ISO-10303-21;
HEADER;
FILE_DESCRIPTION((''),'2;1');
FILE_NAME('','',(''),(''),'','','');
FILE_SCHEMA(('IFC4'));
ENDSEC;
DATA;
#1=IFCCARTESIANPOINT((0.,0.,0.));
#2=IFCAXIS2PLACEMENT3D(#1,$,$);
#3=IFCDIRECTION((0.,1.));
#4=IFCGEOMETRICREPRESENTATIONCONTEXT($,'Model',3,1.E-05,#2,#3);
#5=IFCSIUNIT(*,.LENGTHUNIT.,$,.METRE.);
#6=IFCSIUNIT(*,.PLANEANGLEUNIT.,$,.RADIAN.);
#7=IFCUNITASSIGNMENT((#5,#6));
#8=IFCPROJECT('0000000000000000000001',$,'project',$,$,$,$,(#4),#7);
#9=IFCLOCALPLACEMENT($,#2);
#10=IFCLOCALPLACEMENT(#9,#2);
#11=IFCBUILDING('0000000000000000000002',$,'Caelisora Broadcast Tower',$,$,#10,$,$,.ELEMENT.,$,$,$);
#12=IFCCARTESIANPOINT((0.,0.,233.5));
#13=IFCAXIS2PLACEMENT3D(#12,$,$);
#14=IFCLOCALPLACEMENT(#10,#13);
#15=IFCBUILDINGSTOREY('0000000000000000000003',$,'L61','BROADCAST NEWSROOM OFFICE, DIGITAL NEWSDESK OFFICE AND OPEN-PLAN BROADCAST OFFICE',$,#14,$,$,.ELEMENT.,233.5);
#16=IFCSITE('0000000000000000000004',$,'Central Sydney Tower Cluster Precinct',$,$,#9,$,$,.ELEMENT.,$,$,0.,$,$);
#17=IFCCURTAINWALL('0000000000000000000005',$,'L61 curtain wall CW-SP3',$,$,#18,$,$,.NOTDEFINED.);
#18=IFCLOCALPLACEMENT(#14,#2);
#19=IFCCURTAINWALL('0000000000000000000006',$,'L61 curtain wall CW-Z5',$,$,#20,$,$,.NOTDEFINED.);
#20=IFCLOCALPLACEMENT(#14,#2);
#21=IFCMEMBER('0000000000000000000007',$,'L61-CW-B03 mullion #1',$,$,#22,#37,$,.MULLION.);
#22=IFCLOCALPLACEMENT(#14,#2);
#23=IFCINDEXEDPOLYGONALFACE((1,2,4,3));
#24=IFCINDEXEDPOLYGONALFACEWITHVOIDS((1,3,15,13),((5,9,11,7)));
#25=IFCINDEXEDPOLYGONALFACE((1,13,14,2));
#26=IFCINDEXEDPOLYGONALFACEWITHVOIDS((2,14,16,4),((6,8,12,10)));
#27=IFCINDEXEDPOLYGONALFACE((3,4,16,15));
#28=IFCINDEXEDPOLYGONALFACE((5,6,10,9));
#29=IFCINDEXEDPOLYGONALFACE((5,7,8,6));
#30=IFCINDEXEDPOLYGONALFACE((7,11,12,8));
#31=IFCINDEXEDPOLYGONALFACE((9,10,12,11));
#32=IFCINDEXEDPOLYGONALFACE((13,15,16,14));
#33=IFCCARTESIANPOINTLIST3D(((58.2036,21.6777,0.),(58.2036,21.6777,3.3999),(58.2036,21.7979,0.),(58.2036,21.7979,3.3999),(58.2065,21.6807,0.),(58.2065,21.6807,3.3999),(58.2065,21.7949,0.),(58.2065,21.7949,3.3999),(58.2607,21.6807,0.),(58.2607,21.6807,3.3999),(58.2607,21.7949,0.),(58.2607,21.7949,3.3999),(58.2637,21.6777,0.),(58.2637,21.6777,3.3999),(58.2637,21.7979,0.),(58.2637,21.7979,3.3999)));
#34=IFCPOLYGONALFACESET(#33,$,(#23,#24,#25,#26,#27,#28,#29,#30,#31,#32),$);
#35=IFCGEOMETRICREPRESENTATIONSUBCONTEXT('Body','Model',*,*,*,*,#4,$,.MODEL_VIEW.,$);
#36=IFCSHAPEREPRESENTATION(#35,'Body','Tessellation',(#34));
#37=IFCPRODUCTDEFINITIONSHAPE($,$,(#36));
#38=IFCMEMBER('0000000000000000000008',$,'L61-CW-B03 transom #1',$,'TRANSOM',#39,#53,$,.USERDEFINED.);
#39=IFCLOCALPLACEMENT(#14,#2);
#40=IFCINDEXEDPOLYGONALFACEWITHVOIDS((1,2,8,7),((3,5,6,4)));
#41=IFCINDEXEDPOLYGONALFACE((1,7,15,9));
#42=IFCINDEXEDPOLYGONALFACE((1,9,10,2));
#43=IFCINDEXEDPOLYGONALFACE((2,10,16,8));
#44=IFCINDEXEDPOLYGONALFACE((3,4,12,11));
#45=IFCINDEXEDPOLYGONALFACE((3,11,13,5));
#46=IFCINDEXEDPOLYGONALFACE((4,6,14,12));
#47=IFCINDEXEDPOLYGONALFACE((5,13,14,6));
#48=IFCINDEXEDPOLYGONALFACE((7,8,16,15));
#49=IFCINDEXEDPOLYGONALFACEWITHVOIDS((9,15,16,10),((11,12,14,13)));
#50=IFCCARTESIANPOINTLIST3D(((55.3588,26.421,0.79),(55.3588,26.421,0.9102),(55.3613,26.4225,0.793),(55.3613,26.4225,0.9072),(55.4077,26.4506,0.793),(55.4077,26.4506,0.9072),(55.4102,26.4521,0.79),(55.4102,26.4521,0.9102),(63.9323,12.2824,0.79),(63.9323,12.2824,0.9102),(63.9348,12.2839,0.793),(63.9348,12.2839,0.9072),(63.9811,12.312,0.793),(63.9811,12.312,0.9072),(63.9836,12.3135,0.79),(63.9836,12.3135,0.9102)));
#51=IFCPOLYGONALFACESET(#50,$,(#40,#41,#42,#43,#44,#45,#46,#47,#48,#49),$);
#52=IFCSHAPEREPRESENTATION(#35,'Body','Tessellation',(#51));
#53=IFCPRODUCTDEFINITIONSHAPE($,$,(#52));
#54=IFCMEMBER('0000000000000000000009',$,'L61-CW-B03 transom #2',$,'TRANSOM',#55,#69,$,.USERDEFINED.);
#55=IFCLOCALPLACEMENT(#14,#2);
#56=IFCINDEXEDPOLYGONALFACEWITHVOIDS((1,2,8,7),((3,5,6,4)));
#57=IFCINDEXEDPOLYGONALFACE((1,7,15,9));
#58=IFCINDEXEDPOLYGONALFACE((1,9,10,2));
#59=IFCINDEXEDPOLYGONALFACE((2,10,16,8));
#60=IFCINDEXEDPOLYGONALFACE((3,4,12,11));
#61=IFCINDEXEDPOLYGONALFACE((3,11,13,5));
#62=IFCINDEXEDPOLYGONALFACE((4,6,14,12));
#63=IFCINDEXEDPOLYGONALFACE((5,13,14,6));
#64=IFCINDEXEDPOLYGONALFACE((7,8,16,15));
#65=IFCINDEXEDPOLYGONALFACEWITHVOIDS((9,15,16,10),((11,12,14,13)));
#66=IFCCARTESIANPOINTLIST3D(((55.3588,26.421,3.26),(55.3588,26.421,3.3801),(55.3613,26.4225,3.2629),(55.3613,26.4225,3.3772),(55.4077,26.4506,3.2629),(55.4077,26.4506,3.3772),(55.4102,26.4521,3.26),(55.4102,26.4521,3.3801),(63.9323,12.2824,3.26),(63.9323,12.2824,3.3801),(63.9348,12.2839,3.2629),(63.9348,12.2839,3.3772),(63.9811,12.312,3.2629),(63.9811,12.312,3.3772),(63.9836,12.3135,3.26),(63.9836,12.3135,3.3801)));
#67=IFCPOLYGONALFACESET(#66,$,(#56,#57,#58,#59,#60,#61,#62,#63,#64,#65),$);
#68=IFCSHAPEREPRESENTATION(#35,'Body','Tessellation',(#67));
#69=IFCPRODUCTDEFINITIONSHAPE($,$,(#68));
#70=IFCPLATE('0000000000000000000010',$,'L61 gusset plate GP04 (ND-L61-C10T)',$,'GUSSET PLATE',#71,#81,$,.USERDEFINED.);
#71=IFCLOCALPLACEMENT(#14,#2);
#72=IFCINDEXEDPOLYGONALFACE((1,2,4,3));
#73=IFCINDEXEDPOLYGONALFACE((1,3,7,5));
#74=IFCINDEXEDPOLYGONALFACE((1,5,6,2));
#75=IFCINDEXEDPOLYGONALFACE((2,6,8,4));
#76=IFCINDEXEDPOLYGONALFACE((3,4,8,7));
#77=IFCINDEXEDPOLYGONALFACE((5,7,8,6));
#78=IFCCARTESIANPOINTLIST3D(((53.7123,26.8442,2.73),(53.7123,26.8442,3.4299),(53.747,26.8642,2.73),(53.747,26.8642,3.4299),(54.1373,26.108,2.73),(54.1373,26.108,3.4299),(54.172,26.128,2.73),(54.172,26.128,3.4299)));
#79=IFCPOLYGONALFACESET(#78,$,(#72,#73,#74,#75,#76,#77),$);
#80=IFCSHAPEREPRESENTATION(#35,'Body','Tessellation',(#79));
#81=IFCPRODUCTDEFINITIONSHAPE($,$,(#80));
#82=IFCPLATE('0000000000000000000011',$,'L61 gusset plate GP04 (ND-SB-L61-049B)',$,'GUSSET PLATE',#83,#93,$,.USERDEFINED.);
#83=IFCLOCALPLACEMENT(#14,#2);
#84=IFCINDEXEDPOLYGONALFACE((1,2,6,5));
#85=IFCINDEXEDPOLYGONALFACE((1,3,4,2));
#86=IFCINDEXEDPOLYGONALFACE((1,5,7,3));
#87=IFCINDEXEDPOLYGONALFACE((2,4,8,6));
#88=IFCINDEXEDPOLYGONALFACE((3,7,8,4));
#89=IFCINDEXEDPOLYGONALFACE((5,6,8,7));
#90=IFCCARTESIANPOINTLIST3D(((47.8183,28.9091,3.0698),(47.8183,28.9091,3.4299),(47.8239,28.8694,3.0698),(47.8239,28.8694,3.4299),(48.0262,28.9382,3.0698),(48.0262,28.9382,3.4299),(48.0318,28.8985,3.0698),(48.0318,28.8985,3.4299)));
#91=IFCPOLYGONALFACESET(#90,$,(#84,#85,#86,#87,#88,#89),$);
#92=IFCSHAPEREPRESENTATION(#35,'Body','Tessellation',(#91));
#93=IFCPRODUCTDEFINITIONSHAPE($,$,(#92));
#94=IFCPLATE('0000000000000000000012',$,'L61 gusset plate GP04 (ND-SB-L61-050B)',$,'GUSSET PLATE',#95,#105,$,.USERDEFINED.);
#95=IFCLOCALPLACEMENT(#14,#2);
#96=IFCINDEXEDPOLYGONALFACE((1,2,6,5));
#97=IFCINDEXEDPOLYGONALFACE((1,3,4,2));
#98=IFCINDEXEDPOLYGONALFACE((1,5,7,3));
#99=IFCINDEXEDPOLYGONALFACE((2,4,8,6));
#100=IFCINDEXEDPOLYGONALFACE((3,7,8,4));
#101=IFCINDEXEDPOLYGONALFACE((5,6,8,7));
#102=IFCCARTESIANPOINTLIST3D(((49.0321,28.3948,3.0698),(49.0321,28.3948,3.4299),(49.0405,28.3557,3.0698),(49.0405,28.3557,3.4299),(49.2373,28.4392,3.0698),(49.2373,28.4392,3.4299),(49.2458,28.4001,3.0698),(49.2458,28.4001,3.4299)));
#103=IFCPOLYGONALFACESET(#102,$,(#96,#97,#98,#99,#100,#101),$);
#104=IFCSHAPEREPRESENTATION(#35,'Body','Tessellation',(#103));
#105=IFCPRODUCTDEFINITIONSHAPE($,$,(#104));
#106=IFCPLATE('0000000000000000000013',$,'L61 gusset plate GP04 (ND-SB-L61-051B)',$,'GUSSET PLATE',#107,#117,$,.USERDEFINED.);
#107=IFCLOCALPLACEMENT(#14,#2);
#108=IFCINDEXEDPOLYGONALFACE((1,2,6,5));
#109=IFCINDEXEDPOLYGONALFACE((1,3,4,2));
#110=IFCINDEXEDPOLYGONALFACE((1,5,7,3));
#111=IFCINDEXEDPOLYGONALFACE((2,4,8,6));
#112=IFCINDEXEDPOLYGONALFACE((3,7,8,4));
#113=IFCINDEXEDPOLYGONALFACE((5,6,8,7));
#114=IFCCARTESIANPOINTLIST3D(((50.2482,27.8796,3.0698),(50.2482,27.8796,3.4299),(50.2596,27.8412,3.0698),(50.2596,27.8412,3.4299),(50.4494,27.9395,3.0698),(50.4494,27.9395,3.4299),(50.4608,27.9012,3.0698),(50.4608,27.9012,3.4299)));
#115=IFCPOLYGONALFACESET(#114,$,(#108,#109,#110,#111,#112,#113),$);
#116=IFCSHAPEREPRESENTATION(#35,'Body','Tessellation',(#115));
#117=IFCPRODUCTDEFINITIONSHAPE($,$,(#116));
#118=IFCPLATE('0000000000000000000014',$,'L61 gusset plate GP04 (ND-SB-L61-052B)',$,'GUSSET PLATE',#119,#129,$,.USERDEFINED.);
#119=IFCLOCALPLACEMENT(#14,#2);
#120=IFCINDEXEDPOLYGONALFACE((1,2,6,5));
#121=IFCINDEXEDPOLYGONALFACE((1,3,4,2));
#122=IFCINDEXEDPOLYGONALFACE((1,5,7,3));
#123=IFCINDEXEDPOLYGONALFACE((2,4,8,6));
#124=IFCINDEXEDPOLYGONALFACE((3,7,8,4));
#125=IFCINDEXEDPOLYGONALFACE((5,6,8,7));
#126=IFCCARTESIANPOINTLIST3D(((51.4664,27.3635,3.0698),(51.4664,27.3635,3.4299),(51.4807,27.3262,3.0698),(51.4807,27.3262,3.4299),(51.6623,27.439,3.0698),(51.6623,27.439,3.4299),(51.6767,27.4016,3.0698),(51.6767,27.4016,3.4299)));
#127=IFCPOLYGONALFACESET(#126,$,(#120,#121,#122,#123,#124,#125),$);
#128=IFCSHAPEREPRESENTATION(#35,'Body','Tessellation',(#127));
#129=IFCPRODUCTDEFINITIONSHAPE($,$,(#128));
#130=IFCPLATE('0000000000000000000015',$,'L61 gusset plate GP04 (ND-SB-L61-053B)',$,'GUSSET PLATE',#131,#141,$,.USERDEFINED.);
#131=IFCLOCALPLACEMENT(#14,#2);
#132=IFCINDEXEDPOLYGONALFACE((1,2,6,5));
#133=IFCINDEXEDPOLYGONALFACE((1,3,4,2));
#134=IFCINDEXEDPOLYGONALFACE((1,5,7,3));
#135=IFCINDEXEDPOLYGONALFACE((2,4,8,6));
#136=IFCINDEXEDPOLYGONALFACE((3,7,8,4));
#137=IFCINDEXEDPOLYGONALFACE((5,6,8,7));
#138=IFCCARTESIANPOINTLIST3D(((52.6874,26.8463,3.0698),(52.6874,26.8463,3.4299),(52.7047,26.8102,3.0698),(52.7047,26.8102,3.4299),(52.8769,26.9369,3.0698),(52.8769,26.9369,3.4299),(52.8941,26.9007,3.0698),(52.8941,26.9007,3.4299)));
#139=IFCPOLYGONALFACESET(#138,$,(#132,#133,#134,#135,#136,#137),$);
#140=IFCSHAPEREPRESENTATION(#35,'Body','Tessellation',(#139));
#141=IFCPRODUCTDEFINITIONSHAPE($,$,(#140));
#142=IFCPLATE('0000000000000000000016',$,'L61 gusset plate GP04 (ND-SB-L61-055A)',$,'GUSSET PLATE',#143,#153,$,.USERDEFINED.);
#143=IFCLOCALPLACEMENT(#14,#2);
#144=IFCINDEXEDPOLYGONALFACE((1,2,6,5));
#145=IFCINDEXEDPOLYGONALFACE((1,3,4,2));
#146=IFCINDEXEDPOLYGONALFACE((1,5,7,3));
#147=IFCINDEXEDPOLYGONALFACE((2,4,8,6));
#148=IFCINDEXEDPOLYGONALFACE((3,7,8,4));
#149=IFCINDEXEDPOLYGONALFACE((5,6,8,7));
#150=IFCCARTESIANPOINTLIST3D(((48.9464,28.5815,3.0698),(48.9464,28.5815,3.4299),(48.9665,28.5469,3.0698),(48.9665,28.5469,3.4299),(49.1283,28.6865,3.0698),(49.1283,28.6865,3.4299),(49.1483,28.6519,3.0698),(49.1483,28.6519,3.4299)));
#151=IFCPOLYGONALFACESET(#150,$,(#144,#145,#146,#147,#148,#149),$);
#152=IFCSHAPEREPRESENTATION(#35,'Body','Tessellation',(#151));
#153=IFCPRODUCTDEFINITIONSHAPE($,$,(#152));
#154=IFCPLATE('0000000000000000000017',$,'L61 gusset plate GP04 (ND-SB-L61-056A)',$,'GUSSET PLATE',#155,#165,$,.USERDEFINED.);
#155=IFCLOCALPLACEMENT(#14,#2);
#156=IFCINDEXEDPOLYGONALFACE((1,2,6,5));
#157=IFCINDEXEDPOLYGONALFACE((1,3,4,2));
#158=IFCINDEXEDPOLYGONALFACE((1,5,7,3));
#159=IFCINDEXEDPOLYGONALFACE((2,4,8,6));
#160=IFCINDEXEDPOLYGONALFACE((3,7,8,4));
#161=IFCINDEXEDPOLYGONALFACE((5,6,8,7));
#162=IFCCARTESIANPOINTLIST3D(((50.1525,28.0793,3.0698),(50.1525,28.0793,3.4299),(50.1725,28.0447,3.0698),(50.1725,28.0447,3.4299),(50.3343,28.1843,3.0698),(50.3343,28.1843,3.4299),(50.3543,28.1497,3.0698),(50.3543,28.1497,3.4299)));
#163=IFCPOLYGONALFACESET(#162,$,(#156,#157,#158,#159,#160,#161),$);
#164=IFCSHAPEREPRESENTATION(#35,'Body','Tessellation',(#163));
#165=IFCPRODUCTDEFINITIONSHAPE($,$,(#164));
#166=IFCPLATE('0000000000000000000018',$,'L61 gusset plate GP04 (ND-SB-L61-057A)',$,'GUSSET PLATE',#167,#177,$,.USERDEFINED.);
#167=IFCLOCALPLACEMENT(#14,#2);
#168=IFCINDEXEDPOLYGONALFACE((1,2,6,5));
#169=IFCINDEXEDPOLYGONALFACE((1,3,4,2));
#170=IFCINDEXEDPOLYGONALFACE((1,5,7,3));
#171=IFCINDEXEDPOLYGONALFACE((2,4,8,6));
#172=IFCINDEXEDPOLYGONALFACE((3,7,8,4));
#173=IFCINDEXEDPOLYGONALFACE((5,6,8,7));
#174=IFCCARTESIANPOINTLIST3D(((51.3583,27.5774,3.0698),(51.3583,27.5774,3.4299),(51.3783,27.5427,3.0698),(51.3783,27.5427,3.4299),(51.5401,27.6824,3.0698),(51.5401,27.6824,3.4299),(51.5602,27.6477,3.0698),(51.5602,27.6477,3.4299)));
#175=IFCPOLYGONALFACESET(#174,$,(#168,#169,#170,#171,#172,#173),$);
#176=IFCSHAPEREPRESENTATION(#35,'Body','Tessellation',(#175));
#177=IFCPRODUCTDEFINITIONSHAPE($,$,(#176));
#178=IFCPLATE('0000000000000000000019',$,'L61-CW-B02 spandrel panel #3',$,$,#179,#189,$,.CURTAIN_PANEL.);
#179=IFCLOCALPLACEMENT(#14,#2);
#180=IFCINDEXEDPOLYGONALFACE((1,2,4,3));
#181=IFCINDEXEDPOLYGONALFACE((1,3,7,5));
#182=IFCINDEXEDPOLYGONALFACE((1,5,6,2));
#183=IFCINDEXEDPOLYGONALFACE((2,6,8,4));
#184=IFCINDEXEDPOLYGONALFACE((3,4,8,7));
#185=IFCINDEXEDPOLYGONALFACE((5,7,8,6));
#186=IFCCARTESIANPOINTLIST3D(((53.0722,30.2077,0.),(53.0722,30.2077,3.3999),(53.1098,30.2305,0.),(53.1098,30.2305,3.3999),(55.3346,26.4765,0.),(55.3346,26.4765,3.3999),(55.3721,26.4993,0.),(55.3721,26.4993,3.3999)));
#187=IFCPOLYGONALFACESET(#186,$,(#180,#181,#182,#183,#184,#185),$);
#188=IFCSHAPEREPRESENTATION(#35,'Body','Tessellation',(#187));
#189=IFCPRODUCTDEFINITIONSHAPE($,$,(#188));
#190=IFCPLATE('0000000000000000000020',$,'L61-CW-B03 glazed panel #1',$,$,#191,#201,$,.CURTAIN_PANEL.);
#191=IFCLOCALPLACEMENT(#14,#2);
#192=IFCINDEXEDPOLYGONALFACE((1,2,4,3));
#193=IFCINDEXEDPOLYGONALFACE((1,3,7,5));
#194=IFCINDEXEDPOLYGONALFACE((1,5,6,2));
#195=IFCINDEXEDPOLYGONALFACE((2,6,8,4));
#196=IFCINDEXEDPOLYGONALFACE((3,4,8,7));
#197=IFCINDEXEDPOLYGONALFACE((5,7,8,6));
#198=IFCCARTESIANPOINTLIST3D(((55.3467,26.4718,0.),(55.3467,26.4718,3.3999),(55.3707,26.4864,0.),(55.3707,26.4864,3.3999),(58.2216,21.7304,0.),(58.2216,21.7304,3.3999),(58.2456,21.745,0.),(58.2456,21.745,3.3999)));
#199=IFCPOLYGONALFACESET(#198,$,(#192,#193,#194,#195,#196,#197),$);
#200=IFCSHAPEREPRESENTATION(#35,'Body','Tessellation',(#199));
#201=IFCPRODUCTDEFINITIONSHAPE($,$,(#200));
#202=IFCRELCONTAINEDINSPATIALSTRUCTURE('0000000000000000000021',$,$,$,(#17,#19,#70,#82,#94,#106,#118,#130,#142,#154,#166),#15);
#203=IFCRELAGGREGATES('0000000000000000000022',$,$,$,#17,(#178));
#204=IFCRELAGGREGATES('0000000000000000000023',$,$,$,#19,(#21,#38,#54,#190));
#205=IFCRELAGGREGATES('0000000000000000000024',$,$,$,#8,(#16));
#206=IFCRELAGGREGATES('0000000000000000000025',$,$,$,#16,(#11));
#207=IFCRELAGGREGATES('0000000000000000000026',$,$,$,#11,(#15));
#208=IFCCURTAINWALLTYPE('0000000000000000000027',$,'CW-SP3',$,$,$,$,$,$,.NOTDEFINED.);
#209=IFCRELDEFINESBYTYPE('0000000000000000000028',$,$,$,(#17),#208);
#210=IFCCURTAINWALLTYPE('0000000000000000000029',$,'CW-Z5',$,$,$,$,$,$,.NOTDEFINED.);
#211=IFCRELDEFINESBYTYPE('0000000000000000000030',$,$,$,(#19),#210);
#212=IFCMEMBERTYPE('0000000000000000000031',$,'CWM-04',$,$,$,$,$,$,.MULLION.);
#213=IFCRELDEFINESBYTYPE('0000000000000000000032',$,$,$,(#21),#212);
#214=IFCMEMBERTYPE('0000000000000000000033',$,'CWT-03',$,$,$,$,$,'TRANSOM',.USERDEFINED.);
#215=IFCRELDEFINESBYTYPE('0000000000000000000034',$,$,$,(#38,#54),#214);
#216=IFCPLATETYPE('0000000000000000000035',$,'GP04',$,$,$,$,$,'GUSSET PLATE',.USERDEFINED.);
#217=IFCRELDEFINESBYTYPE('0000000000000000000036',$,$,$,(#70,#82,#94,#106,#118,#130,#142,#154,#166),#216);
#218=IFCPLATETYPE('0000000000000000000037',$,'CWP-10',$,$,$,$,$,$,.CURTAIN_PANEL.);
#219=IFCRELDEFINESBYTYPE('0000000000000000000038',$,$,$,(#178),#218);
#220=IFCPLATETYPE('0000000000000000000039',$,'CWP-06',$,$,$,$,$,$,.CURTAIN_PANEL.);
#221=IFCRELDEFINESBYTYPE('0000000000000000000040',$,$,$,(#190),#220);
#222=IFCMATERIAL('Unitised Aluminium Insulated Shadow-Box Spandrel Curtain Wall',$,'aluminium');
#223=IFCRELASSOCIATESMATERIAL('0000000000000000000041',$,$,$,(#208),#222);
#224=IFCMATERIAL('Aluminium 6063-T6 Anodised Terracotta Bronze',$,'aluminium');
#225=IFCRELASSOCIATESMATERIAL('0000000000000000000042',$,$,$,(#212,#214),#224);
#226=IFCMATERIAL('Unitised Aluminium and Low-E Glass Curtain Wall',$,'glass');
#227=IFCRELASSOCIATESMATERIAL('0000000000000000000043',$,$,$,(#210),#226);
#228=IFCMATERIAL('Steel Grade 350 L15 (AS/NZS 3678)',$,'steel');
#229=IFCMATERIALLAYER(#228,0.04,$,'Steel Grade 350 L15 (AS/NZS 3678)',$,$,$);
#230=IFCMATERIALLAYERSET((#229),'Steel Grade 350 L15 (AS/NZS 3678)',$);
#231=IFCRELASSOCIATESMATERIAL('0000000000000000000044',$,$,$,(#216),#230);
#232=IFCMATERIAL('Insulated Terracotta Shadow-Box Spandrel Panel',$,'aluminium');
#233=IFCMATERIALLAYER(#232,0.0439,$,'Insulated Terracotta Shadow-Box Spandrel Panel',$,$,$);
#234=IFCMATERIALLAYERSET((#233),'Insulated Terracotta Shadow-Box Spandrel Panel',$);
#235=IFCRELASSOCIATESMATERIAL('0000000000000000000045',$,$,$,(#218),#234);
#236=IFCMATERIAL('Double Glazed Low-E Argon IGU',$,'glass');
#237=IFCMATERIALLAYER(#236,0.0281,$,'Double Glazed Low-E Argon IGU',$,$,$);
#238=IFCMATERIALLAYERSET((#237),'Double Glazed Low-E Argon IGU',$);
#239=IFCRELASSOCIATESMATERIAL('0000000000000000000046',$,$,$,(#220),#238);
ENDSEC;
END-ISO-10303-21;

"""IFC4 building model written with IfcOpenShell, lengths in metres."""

from ifc_helpers import new_model, si_unit, direction, frame, origin, origin_2d, place, context, subcontext, project, spatial, rectangle, hollow_rectangle, extrude, source, transform, mapped, material, layer, layer_set, material_profile, profile_set, type_object, type_shapes, element, aggregate, save


model = new_model("IFC4")

# Units and contexts
model_context = context("Model", 3, precision=1e-05, world=origin(), true_north=direction((0.0, 1.0)))
body_context = subcontext(model_context, "Body", "Model", "MODEL_VIEW")
ifc_project = project(units=[si_unit("LENGTHUNIT", "METRE"), si_unit("PLANEANGLEUNIT", "RADIAN")], contexts=[model_context])

# Site, building, storey
site_placement = place(None, origin())
site = spatial("IfcSite", under=ifc_project, at=site_placement, Name="Central Sydney Tower Cluster Precinct", CompositionType="ELEMENT", RefElevation=0.0)
building_placement = place(site_placement, origin())
building = spatial("IfcBuilding", under=site, at=building_placement, Name="Caelisora Broadcast Tower", CompositionType="ELEMENT")
storey_placement = place(building_placement, frame((0.0, 0.0, 233.5)))
storey = spatial("IfcBuildingStorey", under=building, at=storey_placement, Name="L61", Description="BROADCAST NEWSROOM OFFICE, DIGITAL NEWSDESK OFFICE AND OPEN-PLAN BROADCAST OFFICE", CompositionType="ELEMENT", Elevation=233.5)

# Shared definitions
ifc_material_1 = material(Name="Steel Grade 350 L15 (AS/NZS 3678)", Category="steel")

# Curtain walls, members
ifc_material_2 = material(Name="Unitised Aluminium Insulated Shadow-Box Spandrel Curtain Wall", Category="aluminium")
curtain_wall_type_1 = type_object("IfcCurtainWallType", Name="CW-SP3", PredefinedType="NOTDEFINED", material=ifc_material_2)
curtain_wall_1_placement = place(storey_placement, origin())
curtain_wall_1 = element("IfcCurtainWall", 1, at=curtain_wall_1_placement, inside=storey, type_object=curtain_wall_type_1, Name="L61 curtain wall CW-SP3", PredefinedType="NOTDEFINED")
ifc_material_3 = material(Name="Aluminium 6063-T6 Anodised Terracotta Bronze", Category="aluminium")
ifc_material_profile_1 = material_profile(ifc_material_3, hollow_rectangle(XDim=0.0601, YDim=0.1201, WallThickness=0.0029, at=origin_2d()), Name="Aluminium 6063-T6 Anodised Terracotta Bronze")
ifc_profile_set_1 = profile_set([ifc_material_profile_1], Name="Aluminium 6063-T6 Anodised Terracotta Bronze")
member_type_1 = type_object("IfcMemberType", Name="CWM-04", PredefinedType="MULLION", material=ifc_profile_set_1)
shared_shape_1 = source(origin(), body_context, "Body", "SweptSolid", [
    extrude(hollow_rectangle(XDim=0.0601, YDim=0.1201, WallThickness=0.0029, at=origin_2d()), origin(), (0.0, 0.0, 1.0), 3.3999),
])
type_shapes(member_type_1, [shared_shape_1])
ifc_material_4 = material(Name="Unitised Aluminium and Low-E Glass Curtain Wall", Category="glass")
curtain_wall_type_2 = type_object("IfcCurtainWallType", Name="CW-Z5", PredefinedType="NOTDEFINED", material=ifc_material_4)
curtain_wall_2_placement = place(storey_placement, origin())
curtain_wall_2 = element("IfcCurtainWall", 2, at=curtain_wall_2_placement, inside=storey, type_object=curtain_wall_type_2, Name="L61 curtain wall CW-Z5", PredefinedType="NOTDEFINED")
member_1_placement = place(storey_placement, frame((58.2336, 21.7378, 0.0), z_axis=(0.0, 0.0, 1.0), x_axis=(1.0, 0.0, 0.0)))
member_1 = element("IfcMember", 3, at=member_1_placement, type_object=member_type_1, Name="L61-CW-B03 mullion #1", PredefinedType="MULLION", context=body_context, shape_type="MappedRepresentation", body=[
    mapped(shared_shape_1, transform((0.0, 0.0, 0.0), scale=1.0)),
])
ifc_material_profile_2 = material_profile(ifc_material_3, hollow_rectangle(XDim=0.0601, YDim=0.1201, WallThickness=0.0029, at=origin_2d()), Name="Aluminium 6063-T6 Anodised Terracotta Bronze")
ifc_profile_set_2 = profile_set([ifc_material_profile_2], Name="Aluminium 6063-T6 Anodised Terracotta Bronze")
member_type_2 = type_object("IfcMemberType", Name="CWT-03", ElementType="TRANSOM", PredefinedType="USERDEFINED", material=ifc_profile_set_2)
shared_shape_2 = source(origin(), body_context, "Body", "SweptSolid", [
    extrude(hollow_rectangle(XDim=0.0601, YDim=0.1201, WallThickness=0.0029, at=origin_2d()), origin(), (0.0, 0.0, 1.0), 16.5349),
])
type_shapes(member_type_2, [shared_shape_2])
member_2_placement = place(storey_placement, frame((55.3845, 26.4365, 0.8501), z_axis=(0.518505, -0.855075, 0.0), x_axis=(0.855075, 0.518505, 0.0)))
member_2 = element("IfcMember", 4, at=member_2_placement, type_object=member_type_2, Name="L61-CW-B03 transom #1", ObjectType="TRANSOM", PredefinedType="USERDEFINED", context=body_context, shape_type="MappedRepresentation", body=[
    mapped(shared_shape_2, transform((0.0, 0.0, 0.0), scale=1.0)),
])
member_3_placement = place(storey_placement, frame((55.3845, 26.4365, 3.3201), z_axis=(0.518505, -0.855075, 0.0), x_axis=(0.855075, 0.518505, 0.0)))
member_3 = element("IfcMember", 5, at=member_3_placement, type_object=member_type_2, Name="L61-CW-B03 transom #2", ObjectType="TRANSOM", PredefinedType="USERDEFINED", context=body_context, shape_type="MappedRepresentation", body=[
    mapped(shared_shape_2, transform((0.0, 0.0, 0.0), scale=1.0)),
])

# Plates
ifc_layer_1 = layer(ifc_material_1, 0.04, Name="Steel Grade 350 L15 (AS/NZS 3678)")
ifc_layer_set_1 = layer_set([ifc_layer_1], Name="Steel Grade 350 L15 (AS/NZS 3678)")
plate_type_1 = type_object("IfcPlateType", Name="GP04", ElementType="GUSSET PLATE", PredefinedType="USERDEFINED", material=ifc_layer_set_1)
shared_shape_3 = source(origin(), body_context, "Body", "SweptSolid", [
    extrude(rectangle(XDim=0.8501, YDim=0.04, at=origin_2d()), origin(), (0.0, 0.0, 1.0), 0.7),
])
plate_1_placement = place(storey_placement, frame((53.9421, 26.4861, 2.73), z_axis=(0.0, 0.0, 1.0), x_axis=(-0.5, 0.866025, 0.0)))
element("IfcPlate", 6, at=plate_1_placement, inside=storey, type_object=plate_type_1, Name="L61 gusset plate GP04 (ND-L61-C10T)", ObjectType="GUSSET PLATE", PredefinedType="USERDEFINED", context=body_context, shape_type="MappedRepresentation", body=[
    mapped(shared_shape_3, transform((0.0, 0.0, 0.0), scale=1.0)),
])
shared_shape_4 = source(origin(), body_context, "Body", "SweptSolid", [
    extrude(rectangle(XDim=0.21, YDim=0.04, at=origin_2d()), origin(), (0.0, 0.0, 1.0), 0.3601),
])
type_shapes(plate_type_1, [shared_shape_3, shared_shape_4])
for number, where, z_axis, x_axis, name in (
    (7, (47.925, 28.9038, 3.0698), (0.0, 0.0, 1.0), (-0.990341, -0.138655, 0.0), "L61 gusset plate GP04 (ND-SB-L61-049B)"),
    (8, (49.1389, 28.3975, 3.0698), (0.0, 0.0, 1.0), (-0.977379, -0.211495, 0.0), "L61 gusset plate GP04 (ND-SB-L61-050B)"),
    (9, (50.3545, 27.8904, 3.0698), (0.0, 0.0, 1.0), (-0.958372, -0.285521, 0.0), "L61 gusset plate GP04 (ND-SB-L61-051B)"),
    (10, (51.5715, 27.3826, 3.0698), (0.0, 0.0, 1.0), (-0.933267, -0.359183, 0.0), "L61 gusset plate GP04 (ND-SB-L61-052B)"),
    (11, (52.7908, 26.8735, 3.0698), (0.0, 0.0, 1.0), (-0.902285, -0.431141, 0.0), "L61 gusset plate GP04 (ND-SB-L61-053B)"),
    (12, (49.0474, 28.6167, 3.0698), (0.0, 0.0, 1.0), (-0.866025, -0.5, 0.0), "L61 gusset plate GP04 (ND-SB-L61-055A)"),
    (13, (50.2534, 28.1145, 3.0698), (0.0, 0.0, 1.0), (-0.866025, -0.5, 0.0), "L61 gusset plate GP04 (ND-SB-L61-056A)"),
    (14, (51.4592, 27.6125, 3.0698), (0.0, 0.0, 1.0), (-0.866025, -0.5, 0.0), "L61 gusset plate GP04 (ND-SB-L61-057A)"),
):
    element("IfcPlate", number, at=place(storey_placement, frame(where, z_axis=z_axis, x_axis=x_axis)), inside=storey, type_object=plate_type_1, Name=name, ObjectType="GUSSET PLATE", PredefinedType="USERDEFINED", context=body_context, shape_type="MappedRepresentation", body=[
        mapped(shared_shape_4, transform((0.0, 0.0, 0.0), scale=1.0)),
    ])

# Plates
ifc_material_5 = material(Name="Insulated Terracotta Shadow-Box Spandrel Panel", Category="aluminium")
ifc_layer_2 = layer(ifc_material_5, 0.0439, Name="Insulated Terracotta Shadow-Box Spandrel Panel")
ifc_layer_set_2 = layer_set([ifc_layer_2], Name="Insulated Terracotta Shadow-Box Spandrel Panel")
plate_type_2 = type_object("IfcPlateType", Name="CWP-10", PredefinedType="CURTAIN_PANEL", material=ifc_layer_set_2)
shared_shape_5 = source(origin(), body_context, "Body", "SweptSolid", [
    extrude(rectangle(XDim=4.3635, YDim=0.0439, at=origin_2d()), origin(), (0.0, 0.0, 1.0), 3.3999),
])
type_shapes(plate_type_2, [shared_shape_5])
plate_2_placement = place(storey_placement, frame((54.2222, 28.3535, 0.0), z_axis=(0.0, 0.0, 1.0), x_axis=(0.518475, -0.855093, 0.0)))
plate_2 = element("IfcPlate", 15, at=plate_2_placement, type_object=plate_type_2, Name="L61-CW-B02 spandrel panel #3", PredefinedType="CURTAIN_PANEL", context=body_context, shape_type="MappedRepresentation", body=[
    mapped(shared_shape_5, transform((0.0, 0.0, 0.0), scale=1.0)),
])
aggregate(curtain_wall_1, [plate_2])
ifc_material_6 = material(Name="Double Glazed Low-E Argon IGU", Category="glass")
ifc_layer_3 = layer(ifc_material_6, 0.0281, Name="Double Glazed Low-E Argon IGU")
ifc_layer_set_3 = layer_set([ifc_layer_3], Name="Double Glazed Low-E Argon IGU")
plate_type_3 = type_object("IfcPlateType", Name="CWP-06", PredefinedType="CURTAIN_PANEL", material=ifc_layer_set_3)
shared_shape_6 = source(origin(), body_context, "Body", "SweptSolid", [
    extrude(rectangle(XDim=5.5449, YDim=0.0281, at=origin_2d()), origin(), (0.0, 0.0, 1.0), 3.3999),
])
type_shapes(plate_type_3, [shared_shape_6])
plate_3_placement = place(storey_placement, frame((56.7961, 24.1084, 0.0), z_axis=(0.0, 0.0, 1.0), x_axis=(0.518475, -0.855093, 0.0)))
plate_3 = element("IfcPlate", 16, at=plate_3_placement, type_object=plate_type_3, Name="L61-CW-B03 glazed panel #1", PredefinedType="CURTAIN_PANEL", context=body_context, shape_type="MappedRepresentation", body=[
    mapped(shared_shape_6, transform((0.0, 0.0, 0.0), scale=1.0)),
])
aggregate(curtain_wall_2, [member_1, member_2, member_3, plate_3])

save(model, "model.ifc")
